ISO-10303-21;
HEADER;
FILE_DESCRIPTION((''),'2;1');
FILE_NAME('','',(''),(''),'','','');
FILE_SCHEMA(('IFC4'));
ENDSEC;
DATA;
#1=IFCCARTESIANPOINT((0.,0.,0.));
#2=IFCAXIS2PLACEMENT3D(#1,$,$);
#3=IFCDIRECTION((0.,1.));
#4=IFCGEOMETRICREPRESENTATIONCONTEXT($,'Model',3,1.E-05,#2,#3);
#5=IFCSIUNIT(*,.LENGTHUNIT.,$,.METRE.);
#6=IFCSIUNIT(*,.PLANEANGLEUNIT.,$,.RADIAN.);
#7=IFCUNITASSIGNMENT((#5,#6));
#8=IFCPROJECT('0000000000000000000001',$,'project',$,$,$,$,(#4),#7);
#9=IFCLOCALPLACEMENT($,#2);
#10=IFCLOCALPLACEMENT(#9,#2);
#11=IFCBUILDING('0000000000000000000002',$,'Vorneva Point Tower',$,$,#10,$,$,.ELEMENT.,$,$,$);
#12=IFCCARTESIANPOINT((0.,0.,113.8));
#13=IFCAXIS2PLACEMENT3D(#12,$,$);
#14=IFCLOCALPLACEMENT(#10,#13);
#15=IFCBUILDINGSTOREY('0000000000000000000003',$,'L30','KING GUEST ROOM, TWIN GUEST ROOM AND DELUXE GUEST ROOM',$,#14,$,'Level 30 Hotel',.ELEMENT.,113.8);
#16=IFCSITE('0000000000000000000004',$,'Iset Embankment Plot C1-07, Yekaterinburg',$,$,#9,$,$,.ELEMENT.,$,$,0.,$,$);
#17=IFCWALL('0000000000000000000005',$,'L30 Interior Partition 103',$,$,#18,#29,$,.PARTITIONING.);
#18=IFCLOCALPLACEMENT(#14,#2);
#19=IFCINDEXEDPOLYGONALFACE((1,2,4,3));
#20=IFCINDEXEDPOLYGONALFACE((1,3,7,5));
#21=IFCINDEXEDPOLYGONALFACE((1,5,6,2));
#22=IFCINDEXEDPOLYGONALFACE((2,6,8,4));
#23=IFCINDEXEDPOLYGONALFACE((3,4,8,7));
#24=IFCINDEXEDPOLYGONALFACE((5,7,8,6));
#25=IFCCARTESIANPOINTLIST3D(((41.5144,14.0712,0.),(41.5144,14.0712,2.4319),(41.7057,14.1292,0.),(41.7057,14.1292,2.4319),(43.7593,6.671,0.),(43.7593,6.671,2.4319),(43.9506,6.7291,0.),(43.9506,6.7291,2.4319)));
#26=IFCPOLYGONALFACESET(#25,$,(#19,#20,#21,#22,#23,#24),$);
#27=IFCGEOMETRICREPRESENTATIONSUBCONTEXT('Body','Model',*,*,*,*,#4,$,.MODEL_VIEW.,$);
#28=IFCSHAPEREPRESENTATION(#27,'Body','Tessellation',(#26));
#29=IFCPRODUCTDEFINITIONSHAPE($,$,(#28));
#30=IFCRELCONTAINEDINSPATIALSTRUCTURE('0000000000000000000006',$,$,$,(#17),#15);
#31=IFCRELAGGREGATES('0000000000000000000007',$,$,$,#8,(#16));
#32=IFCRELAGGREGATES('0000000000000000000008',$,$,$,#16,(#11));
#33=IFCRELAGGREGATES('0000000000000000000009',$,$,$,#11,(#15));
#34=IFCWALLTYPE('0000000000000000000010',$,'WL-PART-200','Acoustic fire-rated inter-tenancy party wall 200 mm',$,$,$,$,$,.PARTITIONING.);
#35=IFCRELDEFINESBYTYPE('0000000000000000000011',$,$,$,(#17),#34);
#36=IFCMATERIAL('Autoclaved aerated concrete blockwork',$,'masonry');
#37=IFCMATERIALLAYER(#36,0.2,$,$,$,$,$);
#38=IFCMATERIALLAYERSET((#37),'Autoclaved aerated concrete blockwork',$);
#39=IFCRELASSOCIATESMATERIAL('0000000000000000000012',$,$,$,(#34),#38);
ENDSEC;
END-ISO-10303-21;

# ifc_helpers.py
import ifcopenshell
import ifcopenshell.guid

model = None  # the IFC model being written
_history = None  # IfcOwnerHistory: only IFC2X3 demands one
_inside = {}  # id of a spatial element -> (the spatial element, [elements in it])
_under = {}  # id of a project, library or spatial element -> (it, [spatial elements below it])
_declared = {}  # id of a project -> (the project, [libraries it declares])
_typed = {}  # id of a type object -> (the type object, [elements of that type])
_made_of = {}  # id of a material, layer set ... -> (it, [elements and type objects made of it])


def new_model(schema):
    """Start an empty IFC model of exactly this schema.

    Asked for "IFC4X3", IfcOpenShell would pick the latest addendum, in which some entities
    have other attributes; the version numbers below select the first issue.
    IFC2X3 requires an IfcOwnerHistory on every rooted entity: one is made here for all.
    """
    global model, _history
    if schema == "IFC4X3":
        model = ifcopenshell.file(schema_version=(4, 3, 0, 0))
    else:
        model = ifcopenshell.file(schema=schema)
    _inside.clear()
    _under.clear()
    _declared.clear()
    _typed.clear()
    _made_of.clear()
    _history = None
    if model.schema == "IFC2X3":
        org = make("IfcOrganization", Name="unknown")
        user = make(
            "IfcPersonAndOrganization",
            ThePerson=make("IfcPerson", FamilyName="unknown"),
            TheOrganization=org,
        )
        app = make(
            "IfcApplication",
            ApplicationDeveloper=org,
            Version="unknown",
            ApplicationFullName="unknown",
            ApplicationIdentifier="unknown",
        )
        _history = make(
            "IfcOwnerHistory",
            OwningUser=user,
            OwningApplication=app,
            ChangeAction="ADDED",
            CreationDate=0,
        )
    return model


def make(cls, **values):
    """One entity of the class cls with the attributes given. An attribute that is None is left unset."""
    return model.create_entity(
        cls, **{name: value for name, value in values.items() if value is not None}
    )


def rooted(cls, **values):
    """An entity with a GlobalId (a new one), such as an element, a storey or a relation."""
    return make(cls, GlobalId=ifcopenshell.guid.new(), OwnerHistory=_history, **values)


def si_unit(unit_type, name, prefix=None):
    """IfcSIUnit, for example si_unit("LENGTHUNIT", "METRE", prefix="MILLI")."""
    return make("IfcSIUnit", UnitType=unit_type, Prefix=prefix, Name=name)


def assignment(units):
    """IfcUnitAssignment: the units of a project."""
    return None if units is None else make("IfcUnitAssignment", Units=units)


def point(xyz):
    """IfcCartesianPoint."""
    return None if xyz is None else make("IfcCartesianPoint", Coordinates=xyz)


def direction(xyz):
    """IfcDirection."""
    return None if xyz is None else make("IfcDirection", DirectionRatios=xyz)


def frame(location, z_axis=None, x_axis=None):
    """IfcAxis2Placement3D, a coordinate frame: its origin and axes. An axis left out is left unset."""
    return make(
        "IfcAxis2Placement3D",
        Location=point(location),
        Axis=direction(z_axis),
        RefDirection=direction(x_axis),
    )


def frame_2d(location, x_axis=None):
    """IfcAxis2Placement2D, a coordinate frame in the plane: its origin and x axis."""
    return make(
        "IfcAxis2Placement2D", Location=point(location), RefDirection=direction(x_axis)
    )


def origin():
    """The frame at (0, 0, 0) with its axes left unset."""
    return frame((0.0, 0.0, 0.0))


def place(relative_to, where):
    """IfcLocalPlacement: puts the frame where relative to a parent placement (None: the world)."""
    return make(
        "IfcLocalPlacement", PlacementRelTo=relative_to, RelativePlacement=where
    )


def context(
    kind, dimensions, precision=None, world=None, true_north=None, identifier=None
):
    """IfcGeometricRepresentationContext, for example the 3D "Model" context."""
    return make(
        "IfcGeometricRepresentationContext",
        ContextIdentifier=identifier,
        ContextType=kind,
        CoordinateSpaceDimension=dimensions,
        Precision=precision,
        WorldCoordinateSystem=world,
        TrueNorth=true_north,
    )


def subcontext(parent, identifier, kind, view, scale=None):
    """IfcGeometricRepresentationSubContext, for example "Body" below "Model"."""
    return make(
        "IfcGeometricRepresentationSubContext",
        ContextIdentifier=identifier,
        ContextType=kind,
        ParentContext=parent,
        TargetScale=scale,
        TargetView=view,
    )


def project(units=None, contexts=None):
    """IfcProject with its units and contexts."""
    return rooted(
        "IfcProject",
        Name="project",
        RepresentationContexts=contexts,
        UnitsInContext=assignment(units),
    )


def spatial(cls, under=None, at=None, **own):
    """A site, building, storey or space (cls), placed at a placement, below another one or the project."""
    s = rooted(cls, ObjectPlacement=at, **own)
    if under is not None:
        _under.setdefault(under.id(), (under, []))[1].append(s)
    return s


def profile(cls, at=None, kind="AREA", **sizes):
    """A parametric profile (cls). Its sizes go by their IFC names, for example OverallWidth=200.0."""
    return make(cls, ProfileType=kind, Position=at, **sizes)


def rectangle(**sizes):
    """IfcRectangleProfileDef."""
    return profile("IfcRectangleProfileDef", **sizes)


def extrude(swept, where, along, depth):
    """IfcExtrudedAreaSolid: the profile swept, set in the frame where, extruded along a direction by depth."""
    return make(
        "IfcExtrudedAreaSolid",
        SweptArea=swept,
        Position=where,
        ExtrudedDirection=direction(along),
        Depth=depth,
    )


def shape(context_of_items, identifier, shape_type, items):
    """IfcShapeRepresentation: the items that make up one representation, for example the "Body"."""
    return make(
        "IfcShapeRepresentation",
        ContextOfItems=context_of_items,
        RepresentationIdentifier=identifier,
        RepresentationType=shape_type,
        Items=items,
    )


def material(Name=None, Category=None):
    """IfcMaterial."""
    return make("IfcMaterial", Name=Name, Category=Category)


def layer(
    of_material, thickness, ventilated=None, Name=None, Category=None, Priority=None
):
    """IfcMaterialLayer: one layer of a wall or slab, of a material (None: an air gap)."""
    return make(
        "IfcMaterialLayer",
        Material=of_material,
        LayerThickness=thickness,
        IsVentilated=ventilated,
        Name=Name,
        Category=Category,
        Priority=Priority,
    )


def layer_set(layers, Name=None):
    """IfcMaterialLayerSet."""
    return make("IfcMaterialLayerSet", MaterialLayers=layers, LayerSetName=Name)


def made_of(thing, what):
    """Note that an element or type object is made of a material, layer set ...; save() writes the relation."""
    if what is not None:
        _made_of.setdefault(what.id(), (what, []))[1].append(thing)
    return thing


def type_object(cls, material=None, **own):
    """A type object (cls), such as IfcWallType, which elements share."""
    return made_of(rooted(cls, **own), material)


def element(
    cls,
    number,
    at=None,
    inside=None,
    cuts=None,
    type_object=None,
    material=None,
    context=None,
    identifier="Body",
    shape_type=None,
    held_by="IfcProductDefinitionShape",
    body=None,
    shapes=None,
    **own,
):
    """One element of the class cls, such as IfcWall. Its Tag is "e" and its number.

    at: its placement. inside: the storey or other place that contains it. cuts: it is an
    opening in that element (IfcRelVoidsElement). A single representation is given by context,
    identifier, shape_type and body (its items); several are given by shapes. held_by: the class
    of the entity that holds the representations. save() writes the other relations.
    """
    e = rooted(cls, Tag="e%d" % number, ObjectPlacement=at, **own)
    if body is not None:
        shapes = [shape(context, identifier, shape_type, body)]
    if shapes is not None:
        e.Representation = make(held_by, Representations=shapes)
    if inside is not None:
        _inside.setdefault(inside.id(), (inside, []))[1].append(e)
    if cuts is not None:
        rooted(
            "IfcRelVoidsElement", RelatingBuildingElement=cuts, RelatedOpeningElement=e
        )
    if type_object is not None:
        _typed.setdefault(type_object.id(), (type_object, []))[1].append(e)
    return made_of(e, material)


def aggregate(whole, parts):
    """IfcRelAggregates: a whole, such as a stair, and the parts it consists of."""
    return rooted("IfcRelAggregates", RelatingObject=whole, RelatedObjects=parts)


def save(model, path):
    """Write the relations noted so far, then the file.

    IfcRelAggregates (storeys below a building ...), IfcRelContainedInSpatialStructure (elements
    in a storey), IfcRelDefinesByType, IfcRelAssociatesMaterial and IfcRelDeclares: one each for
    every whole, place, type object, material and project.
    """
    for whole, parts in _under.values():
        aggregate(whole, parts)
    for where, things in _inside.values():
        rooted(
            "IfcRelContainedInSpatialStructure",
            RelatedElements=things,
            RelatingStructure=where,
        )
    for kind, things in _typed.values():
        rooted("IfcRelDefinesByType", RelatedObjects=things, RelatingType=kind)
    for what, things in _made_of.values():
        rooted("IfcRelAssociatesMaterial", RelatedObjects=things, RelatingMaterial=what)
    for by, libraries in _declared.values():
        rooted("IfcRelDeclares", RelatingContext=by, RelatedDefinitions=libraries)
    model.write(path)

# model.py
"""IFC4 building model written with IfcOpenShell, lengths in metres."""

from ifc_helpers import new_model, si_unit, direction, frame, frame_2d, origin, place, context, subcontext, project, spatial, rectangle, extrude, material, layer, layer_set, type_object, element, save


model = new_model("IFC4")

# Units and contexts
model_context = context("Model", 3, precision=1e-05, world=origin(), true_north=direction((0.0, 1.0)))
body_context = subcontext(model_context, "Body", "Model", "MODEL_VIEW")
ifc_project = project(units=[si_unit("LENGTHUNIT", "METRE"), si_unit("PLANEANGLEUNIT", "RADIAN")], contexts=[model_context])

# Site, building, storey
site_placement = place(None, origin())
site = spatial("IfcSite", under=ifc_project, at=site_placement, Name="Iset Embankment Plot C1-07, Yekaterinburg", CompositionType="ELEMENT", RefElevation=0.0)
building_placement = place(site_placement, origin())
building = spatial("IfcBuilding", under=site, at=building_placement, Name="Vorneva Point Tower", CompositionType="ELEMENT")
storey_placement = place(building_placement, frame((0.0, 0.0, 113.8)))
storey = spatial("IfcBuildingStorey", under=building, at=storey_placement, Name="L30", Description="KING GUEST ROOM, TWIN GUEST ROOM AND DELUXE GUEST ROOM", LongName="Level 30 Hotel", CompositionType="ELEMENT", Elevation=113.8)

# Shared definitions
ifc_material_1 = material(Name="Autoclaved aerated concrete blockwork", Category="masonry")

# Wall
ifc_layer_1 = layer(ifc_material_1, 0.2)
ifc_layer_set_1 = layer_set([ifc_layer_1], Name="Autoclaved aerated concrete blockwork")
wall_type_1 = type_object("IfcWallType", Name="WL-PART-200", Description="Acoustic fire-rated inter-tenancy party wall 200 mm", PredefinedType="PARTITIONING", material=ifc_layer_set_1)
wall_1_placement = place(storey_placement, frame((43.855, 6.7, 0.0), z_axis=(0.0, 0.0, 1.0), x_axis=(-0.290292, 0.956938, 0.0)))
element("IfcWall", 1, at=wall_1_placement, inside=storey, type_object=wall_type_1, Name="L30 Interior Partition 103", PredefinedType="PARTITIONING", context=body_context, shape_type="SweptSolid", body=[
    extrude(rectangle(XDim=7.7332, YDim=0.2, at=frame_2d((3.8667, 0.0))), origin(), (0.0, 0.0, 1.0), 2.4319),
])

save(model, "model.ifc")
